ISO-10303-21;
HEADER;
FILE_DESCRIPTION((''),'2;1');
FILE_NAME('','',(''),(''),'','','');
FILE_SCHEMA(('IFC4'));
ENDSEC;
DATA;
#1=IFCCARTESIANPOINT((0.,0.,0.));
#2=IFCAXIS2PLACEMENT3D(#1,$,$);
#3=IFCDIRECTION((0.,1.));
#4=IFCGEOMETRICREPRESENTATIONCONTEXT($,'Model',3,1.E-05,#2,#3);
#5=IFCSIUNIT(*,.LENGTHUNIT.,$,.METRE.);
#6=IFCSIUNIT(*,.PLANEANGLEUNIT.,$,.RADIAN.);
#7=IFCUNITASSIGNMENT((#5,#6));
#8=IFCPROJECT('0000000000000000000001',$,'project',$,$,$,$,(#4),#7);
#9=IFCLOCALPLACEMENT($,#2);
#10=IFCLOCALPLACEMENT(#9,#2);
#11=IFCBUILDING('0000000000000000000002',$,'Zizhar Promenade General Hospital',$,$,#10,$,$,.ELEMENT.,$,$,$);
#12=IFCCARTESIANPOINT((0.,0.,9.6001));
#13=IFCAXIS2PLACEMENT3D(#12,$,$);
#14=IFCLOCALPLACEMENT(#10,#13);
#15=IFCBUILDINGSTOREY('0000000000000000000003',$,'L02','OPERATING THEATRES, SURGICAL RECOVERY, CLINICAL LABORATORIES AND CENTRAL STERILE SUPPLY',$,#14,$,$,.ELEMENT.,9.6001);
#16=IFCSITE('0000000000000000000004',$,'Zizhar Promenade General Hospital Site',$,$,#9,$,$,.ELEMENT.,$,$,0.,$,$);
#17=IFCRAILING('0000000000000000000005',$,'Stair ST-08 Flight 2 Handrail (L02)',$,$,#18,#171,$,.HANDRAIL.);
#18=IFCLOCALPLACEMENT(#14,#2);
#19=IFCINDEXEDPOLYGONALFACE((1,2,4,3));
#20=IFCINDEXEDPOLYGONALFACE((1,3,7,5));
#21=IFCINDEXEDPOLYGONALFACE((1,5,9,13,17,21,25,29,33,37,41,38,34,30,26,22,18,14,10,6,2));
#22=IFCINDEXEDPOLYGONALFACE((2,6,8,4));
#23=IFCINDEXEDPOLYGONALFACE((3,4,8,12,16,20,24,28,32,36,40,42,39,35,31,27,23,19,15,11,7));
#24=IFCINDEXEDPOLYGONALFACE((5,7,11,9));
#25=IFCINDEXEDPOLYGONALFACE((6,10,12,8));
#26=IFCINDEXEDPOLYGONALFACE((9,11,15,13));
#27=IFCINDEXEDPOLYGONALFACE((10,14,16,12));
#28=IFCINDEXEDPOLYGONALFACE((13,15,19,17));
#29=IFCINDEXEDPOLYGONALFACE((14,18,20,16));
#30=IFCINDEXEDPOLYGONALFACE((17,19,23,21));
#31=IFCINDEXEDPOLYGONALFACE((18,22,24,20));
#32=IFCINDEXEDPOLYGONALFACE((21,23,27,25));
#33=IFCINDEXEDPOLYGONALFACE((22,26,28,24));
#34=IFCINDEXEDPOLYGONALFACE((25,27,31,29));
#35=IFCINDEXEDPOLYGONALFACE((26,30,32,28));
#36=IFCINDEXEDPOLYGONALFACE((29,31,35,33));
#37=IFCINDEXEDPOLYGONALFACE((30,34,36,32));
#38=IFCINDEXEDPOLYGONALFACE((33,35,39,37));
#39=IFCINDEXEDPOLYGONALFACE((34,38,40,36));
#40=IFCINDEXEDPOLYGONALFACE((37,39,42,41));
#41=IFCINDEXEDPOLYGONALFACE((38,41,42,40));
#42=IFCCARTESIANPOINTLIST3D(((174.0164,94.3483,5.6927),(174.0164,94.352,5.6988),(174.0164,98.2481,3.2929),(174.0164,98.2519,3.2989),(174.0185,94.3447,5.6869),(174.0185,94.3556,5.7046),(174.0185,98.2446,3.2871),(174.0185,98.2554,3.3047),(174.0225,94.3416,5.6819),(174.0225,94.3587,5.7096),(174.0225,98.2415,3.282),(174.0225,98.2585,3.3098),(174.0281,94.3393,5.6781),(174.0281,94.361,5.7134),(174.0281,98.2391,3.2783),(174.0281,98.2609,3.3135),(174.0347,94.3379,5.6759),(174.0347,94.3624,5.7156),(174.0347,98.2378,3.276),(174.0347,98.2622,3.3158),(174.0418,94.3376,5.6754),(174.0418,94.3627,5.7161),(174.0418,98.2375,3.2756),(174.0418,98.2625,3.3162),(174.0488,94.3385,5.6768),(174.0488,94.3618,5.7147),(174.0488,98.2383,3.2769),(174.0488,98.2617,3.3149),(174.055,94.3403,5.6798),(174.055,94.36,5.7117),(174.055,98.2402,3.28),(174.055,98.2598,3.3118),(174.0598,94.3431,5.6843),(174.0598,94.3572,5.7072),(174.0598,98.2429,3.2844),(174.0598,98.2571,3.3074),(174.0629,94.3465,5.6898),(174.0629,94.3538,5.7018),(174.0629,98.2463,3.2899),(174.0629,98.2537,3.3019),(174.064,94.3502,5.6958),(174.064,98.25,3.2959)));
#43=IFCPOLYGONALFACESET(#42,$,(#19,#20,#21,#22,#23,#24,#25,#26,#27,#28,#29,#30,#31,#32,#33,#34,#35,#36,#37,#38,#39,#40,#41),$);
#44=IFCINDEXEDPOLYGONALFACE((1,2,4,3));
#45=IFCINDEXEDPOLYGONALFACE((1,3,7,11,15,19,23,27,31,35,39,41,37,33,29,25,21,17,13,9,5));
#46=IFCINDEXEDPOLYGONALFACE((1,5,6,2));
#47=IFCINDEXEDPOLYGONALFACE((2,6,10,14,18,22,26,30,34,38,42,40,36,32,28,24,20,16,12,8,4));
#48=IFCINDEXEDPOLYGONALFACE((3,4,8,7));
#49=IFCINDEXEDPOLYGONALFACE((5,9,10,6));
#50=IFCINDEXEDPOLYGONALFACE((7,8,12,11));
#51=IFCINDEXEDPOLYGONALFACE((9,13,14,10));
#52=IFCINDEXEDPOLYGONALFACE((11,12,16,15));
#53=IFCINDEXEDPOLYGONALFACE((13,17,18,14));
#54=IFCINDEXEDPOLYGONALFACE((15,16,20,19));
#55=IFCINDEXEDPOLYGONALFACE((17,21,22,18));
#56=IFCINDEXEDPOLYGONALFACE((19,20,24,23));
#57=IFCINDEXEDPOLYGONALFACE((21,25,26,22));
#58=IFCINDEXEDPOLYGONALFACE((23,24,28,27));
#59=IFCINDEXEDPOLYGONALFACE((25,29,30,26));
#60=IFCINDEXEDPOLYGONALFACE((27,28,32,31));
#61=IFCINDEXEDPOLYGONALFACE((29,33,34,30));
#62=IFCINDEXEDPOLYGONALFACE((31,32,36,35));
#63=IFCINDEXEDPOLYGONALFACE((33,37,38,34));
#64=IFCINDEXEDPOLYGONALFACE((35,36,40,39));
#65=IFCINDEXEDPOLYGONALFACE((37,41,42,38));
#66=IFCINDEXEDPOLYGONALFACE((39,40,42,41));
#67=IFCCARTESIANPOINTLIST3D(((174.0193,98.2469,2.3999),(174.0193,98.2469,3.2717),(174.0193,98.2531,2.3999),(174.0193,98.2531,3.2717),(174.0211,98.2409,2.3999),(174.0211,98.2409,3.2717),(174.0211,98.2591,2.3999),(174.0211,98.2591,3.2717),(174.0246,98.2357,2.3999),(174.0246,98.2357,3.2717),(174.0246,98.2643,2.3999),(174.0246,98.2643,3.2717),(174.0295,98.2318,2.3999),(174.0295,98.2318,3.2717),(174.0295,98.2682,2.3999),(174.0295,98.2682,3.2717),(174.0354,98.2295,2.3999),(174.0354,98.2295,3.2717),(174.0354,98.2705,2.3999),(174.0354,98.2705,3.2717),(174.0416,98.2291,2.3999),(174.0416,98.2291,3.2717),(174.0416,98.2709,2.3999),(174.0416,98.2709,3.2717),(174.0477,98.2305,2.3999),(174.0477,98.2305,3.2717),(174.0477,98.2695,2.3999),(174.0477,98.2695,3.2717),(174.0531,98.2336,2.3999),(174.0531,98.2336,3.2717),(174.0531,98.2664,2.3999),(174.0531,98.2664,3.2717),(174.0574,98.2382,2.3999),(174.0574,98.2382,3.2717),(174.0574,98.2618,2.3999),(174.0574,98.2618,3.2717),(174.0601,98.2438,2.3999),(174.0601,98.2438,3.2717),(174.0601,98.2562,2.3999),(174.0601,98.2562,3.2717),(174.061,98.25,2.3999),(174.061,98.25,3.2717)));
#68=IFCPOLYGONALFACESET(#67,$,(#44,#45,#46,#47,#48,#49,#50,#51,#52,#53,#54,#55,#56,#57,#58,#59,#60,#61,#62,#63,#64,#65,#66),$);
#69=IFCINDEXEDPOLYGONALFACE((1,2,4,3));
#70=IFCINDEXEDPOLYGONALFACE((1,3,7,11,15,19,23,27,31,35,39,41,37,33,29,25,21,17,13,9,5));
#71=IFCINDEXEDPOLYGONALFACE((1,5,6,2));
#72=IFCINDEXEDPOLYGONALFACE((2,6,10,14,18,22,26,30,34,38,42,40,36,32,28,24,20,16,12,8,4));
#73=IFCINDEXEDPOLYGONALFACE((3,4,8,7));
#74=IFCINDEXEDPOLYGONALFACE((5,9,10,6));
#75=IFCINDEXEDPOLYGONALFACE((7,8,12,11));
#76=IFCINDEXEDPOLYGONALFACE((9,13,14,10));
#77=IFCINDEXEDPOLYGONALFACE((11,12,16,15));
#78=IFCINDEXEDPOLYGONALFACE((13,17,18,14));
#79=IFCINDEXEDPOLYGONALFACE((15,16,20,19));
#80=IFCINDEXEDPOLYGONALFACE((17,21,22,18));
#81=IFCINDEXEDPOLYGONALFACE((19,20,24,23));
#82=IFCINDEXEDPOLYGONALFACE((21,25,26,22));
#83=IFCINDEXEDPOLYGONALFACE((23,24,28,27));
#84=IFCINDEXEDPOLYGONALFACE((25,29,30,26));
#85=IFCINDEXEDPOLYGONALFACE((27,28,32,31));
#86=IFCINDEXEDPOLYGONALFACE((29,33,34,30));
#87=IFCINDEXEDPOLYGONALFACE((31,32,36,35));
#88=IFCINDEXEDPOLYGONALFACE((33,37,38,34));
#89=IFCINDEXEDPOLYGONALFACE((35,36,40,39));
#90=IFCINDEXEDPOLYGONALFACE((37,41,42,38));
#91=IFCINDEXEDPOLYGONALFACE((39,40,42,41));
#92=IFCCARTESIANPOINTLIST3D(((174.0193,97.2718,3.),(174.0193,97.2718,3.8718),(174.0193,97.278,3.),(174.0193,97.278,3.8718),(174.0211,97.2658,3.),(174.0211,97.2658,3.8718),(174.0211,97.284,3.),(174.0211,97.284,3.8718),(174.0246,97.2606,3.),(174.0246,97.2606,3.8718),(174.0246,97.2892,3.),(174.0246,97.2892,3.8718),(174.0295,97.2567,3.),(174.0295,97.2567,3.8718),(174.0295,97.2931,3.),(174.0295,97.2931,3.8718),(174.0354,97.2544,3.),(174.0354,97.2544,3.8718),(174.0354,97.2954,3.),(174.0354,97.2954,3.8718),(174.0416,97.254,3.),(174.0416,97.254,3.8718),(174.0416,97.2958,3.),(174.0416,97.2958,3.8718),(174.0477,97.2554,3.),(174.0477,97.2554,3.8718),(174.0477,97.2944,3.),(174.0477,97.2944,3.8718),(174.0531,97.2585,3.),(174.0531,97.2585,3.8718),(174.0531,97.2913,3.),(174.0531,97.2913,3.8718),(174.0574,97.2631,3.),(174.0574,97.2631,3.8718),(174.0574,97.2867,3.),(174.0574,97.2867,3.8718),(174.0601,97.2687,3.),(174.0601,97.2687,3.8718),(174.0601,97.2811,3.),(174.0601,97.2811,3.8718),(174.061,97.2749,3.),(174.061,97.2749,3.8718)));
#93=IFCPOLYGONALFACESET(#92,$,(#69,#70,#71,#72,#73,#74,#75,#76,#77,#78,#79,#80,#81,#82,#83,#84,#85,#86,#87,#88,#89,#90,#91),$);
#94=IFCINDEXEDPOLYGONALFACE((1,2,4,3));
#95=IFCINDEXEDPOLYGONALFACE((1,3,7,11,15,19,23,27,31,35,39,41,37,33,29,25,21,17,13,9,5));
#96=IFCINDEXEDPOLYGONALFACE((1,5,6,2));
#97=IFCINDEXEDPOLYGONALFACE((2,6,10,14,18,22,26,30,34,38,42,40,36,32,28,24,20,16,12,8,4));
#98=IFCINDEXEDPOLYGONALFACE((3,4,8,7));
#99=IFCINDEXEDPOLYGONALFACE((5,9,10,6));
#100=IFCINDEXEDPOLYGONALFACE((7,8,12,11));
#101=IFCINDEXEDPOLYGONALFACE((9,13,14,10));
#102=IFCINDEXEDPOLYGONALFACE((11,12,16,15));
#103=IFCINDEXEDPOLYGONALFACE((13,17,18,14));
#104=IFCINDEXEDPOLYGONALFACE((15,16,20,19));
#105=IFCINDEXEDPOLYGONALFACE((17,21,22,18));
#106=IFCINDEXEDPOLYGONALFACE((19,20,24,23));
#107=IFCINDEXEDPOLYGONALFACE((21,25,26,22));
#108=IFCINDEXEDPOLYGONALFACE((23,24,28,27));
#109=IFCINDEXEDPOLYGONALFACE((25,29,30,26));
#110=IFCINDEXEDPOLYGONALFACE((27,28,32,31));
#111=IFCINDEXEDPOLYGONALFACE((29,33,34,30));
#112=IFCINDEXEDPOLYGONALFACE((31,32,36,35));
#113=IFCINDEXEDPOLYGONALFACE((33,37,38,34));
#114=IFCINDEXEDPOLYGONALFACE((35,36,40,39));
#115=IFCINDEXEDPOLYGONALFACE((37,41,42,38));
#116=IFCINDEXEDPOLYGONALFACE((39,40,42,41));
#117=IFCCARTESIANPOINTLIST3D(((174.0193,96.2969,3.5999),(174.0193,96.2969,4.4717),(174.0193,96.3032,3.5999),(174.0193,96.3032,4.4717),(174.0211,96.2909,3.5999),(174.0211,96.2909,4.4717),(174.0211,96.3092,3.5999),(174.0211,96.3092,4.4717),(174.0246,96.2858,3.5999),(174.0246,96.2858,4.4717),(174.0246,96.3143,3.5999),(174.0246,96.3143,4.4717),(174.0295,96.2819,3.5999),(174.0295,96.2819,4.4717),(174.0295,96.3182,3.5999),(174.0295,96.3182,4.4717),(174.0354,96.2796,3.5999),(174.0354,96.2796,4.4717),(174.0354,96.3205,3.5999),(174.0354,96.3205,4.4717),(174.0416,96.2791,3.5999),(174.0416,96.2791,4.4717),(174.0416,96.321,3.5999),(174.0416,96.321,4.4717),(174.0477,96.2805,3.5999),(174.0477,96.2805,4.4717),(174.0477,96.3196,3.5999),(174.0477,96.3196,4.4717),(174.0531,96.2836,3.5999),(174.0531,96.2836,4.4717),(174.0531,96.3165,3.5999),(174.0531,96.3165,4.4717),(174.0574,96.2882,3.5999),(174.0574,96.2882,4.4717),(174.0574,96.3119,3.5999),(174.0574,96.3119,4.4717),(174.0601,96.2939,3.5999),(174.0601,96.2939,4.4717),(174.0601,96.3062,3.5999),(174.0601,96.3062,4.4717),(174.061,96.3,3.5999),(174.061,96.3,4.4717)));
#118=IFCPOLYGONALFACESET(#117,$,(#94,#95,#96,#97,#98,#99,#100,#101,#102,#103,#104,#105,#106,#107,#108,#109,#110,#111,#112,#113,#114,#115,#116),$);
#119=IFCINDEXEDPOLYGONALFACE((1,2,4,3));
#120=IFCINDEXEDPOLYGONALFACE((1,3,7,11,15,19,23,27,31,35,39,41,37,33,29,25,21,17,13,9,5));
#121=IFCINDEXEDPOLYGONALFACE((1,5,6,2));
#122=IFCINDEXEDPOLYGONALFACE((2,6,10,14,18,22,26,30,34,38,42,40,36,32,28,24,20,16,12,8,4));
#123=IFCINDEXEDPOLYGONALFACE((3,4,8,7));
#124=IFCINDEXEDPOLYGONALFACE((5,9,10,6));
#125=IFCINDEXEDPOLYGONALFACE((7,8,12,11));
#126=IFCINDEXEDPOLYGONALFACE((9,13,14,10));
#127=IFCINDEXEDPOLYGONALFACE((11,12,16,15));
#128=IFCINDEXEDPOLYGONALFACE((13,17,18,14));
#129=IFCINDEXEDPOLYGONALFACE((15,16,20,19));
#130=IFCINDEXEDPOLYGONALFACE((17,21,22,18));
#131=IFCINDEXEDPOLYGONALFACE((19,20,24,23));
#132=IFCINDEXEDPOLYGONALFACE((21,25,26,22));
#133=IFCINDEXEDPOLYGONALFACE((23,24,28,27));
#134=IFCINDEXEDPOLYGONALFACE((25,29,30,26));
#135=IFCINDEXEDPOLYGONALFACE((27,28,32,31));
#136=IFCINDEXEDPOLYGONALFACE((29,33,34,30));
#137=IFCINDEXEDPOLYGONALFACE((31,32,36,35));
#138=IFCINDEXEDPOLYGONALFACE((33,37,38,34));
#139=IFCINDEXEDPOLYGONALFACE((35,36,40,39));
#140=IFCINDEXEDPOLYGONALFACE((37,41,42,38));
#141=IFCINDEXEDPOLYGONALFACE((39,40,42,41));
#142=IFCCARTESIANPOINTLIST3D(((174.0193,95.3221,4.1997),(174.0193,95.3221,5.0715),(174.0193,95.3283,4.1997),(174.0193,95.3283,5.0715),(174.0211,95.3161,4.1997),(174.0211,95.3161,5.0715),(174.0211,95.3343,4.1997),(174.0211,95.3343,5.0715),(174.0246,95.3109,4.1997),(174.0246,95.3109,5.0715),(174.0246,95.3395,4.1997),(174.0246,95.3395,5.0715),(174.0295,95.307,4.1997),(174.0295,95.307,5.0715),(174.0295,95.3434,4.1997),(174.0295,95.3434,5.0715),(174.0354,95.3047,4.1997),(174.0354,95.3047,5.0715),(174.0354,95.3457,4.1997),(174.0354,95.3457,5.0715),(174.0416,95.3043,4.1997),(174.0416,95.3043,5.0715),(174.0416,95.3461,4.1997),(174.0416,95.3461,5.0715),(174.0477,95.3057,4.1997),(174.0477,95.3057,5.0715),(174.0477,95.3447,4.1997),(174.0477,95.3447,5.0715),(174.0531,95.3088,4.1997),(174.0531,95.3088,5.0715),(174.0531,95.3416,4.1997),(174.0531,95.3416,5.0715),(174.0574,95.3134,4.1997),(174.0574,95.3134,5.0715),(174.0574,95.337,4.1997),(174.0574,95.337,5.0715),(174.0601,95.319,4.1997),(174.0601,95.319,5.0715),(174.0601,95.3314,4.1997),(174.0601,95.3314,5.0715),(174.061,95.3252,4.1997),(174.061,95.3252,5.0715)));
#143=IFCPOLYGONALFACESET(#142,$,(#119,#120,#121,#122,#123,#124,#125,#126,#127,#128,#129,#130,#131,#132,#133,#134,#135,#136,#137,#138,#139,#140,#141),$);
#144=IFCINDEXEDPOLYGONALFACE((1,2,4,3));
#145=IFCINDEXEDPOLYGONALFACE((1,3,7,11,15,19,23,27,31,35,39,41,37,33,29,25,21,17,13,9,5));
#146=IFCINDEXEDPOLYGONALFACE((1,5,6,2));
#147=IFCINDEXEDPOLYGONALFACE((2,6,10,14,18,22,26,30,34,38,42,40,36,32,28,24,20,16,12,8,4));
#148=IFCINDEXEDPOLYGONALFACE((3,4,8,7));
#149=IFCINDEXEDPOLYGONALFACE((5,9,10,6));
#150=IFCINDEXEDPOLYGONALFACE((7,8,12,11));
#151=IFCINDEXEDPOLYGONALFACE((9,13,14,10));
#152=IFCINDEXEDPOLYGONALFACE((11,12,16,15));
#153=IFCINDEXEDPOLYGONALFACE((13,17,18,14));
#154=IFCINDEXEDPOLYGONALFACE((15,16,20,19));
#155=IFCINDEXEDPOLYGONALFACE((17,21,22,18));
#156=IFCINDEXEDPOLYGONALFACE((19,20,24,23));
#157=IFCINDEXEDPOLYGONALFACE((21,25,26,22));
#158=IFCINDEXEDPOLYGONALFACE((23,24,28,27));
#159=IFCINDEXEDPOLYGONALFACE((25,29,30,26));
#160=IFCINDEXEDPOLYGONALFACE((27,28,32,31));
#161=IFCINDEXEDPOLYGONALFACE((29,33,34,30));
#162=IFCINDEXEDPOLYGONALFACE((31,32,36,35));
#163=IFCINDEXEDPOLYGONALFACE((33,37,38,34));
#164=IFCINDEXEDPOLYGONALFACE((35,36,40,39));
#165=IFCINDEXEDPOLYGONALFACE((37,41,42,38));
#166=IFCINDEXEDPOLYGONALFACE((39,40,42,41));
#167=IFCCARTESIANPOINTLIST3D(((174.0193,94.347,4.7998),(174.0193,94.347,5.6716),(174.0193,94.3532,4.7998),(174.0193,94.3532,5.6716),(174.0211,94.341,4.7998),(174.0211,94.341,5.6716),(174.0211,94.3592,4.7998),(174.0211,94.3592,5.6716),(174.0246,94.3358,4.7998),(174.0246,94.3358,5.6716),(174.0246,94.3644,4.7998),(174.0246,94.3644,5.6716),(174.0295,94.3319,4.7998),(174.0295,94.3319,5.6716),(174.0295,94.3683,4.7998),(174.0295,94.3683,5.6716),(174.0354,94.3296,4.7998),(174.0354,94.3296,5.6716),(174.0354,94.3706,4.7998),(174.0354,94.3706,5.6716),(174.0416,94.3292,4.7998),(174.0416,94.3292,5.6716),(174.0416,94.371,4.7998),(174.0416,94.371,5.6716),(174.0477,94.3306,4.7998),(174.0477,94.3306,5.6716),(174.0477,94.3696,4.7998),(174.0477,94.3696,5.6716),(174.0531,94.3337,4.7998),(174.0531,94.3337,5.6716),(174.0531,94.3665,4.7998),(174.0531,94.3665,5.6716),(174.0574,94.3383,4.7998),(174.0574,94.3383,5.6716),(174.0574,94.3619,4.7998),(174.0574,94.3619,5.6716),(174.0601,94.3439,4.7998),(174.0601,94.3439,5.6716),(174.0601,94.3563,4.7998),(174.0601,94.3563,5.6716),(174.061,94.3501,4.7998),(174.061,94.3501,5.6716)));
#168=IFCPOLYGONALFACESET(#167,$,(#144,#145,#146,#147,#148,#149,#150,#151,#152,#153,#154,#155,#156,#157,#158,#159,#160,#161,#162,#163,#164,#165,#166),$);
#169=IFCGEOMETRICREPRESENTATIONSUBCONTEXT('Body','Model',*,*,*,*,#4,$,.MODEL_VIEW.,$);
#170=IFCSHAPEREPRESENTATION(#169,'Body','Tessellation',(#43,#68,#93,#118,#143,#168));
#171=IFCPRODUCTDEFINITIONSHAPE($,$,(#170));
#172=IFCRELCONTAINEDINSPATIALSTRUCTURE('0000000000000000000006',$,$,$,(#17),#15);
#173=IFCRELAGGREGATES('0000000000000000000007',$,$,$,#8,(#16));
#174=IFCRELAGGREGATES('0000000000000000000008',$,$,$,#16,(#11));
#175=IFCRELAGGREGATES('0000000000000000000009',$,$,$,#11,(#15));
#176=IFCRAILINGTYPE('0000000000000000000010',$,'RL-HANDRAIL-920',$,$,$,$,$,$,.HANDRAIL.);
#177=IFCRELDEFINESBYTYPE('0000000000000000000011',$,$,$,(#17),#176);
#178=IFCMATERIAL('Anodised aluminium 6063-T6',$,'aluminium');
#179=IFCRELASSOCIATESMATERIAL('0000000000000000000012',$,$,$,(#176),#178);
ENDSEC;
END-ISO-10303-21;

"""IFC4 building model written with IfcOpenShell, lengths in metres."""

from ifc_helpers import new_model, si_unit, direction, frame, origin, origin_2d, place, context, subcontext, project, spatial, circle, hollow_circle, extrude, material, material_profile, profile_set, type_object, element, save


model = new_model("IFC4")

# Units and contexts
model_context = context("Model", 3, precision=1e-05, world=origin(), true_north=direction((0.0, 1.0)))
body_context = subcontext(model_context, "Body", "Model", "MODEL_VIEW")
ifc_project = project(units=[si_unit("LENGTHUNIT", "METRE"), si_unit("PLANEANGLEUNIT", "RADIAN")], contexts=[model_context])

# Site, building, storey
site_placement = place(None, origin())
site = spatial("IfcSite", under=ifc_project, at=site_placement, Name="Zizhar Promenade General Hospital Site", CompositionType="ELEMENT", RefElevation=0.0)
building_placement = place(site_placement, origin())
building = spatial("IfcBuilding", under=site, at=building_placement, Name="Zizhar Promenade General Hospital", CompositionType="ELEMENT")
storey_placement = place(building_placement, frame((0.0, 0.0, 9.6001)))
storey = spatial("IfcBuildingStorey", under=building, at=storey_placement, Name="L02", Description="OPERATING THEATRES, SURGICAL RECOVERY, CLINICAL LABORATORIES AND CENTRAL STERILE SUPPLY", CompositionType="ELEMENT", Elevation=9.6001)

# Railing
ifc_material_1 = material(Name="Anodised aluminium 6063-T6", Category="aluminium")
ifc_material_profile_1 = material_profile(ifc_material_1, hollow_circle(Radius=0.0698, WallThickness=0.0063, at=origin_2d()))
ifc_profile_set_1 = profile_set([ifc_material_profile_1], Name="Anodised aluminium 6063-T6")
railing_type_1 = type_object("IfcRailingType", Name="RL-HANDRAIL-920", PredefinedType="HANDRAIL", material=ifc_profile_set_1)
railing_1_placement = place(storey_placement, frame((174.04, 98.25, 2.3999)))
element("IfcRailing", 1, at=railing_1_placement, inside=storey, type_object=railing_type_1, Name="Stair ST-08 Flight 2 Handrail (L02)", PredefinedType="HANDRAIL", context=body_context, shape_type="SweptSolid", body=[
    extrude(circle(Radius=0.0239, at=origin_2d()), frame((0.0, 0.0, 0.896), z_axis=(0.0, -0.851662, 0.524091), x_axis=(1.0, 0.0, 0.0)), (0.0, 0.0, 1.0), 4.5791),
    extrude(circle(Radius=0.021, at=origin_2d()), origin(), (0.0, 0.0, 1.0), 0.8718),
    extrude(circle(Radius=0.021, at=origin_2d()), frame((0.0, -0.9751, 0.6001)), (0.0, 0.0, 1.0), 0.8718),
    extrude(circle(Radius=0.021, at=origin_2d()), frame((0.0, -1.95, 1.2)), (0.0, 0.0, 1.0), 0.8718),
    extrude(circle(Radius=0.021, at=origin_2d()), frame((0.0, -2.9248, 1.7998)), (0.0, 0.0, 1.0), 0.8718),
    extrude(circle(Radius=0.021, at=origin_2d()), frame((0.0, -3.8999, 2.3999)), (0.0, 0.0, 1.0), 0.8718),
])

save(model, "model.ifc")
